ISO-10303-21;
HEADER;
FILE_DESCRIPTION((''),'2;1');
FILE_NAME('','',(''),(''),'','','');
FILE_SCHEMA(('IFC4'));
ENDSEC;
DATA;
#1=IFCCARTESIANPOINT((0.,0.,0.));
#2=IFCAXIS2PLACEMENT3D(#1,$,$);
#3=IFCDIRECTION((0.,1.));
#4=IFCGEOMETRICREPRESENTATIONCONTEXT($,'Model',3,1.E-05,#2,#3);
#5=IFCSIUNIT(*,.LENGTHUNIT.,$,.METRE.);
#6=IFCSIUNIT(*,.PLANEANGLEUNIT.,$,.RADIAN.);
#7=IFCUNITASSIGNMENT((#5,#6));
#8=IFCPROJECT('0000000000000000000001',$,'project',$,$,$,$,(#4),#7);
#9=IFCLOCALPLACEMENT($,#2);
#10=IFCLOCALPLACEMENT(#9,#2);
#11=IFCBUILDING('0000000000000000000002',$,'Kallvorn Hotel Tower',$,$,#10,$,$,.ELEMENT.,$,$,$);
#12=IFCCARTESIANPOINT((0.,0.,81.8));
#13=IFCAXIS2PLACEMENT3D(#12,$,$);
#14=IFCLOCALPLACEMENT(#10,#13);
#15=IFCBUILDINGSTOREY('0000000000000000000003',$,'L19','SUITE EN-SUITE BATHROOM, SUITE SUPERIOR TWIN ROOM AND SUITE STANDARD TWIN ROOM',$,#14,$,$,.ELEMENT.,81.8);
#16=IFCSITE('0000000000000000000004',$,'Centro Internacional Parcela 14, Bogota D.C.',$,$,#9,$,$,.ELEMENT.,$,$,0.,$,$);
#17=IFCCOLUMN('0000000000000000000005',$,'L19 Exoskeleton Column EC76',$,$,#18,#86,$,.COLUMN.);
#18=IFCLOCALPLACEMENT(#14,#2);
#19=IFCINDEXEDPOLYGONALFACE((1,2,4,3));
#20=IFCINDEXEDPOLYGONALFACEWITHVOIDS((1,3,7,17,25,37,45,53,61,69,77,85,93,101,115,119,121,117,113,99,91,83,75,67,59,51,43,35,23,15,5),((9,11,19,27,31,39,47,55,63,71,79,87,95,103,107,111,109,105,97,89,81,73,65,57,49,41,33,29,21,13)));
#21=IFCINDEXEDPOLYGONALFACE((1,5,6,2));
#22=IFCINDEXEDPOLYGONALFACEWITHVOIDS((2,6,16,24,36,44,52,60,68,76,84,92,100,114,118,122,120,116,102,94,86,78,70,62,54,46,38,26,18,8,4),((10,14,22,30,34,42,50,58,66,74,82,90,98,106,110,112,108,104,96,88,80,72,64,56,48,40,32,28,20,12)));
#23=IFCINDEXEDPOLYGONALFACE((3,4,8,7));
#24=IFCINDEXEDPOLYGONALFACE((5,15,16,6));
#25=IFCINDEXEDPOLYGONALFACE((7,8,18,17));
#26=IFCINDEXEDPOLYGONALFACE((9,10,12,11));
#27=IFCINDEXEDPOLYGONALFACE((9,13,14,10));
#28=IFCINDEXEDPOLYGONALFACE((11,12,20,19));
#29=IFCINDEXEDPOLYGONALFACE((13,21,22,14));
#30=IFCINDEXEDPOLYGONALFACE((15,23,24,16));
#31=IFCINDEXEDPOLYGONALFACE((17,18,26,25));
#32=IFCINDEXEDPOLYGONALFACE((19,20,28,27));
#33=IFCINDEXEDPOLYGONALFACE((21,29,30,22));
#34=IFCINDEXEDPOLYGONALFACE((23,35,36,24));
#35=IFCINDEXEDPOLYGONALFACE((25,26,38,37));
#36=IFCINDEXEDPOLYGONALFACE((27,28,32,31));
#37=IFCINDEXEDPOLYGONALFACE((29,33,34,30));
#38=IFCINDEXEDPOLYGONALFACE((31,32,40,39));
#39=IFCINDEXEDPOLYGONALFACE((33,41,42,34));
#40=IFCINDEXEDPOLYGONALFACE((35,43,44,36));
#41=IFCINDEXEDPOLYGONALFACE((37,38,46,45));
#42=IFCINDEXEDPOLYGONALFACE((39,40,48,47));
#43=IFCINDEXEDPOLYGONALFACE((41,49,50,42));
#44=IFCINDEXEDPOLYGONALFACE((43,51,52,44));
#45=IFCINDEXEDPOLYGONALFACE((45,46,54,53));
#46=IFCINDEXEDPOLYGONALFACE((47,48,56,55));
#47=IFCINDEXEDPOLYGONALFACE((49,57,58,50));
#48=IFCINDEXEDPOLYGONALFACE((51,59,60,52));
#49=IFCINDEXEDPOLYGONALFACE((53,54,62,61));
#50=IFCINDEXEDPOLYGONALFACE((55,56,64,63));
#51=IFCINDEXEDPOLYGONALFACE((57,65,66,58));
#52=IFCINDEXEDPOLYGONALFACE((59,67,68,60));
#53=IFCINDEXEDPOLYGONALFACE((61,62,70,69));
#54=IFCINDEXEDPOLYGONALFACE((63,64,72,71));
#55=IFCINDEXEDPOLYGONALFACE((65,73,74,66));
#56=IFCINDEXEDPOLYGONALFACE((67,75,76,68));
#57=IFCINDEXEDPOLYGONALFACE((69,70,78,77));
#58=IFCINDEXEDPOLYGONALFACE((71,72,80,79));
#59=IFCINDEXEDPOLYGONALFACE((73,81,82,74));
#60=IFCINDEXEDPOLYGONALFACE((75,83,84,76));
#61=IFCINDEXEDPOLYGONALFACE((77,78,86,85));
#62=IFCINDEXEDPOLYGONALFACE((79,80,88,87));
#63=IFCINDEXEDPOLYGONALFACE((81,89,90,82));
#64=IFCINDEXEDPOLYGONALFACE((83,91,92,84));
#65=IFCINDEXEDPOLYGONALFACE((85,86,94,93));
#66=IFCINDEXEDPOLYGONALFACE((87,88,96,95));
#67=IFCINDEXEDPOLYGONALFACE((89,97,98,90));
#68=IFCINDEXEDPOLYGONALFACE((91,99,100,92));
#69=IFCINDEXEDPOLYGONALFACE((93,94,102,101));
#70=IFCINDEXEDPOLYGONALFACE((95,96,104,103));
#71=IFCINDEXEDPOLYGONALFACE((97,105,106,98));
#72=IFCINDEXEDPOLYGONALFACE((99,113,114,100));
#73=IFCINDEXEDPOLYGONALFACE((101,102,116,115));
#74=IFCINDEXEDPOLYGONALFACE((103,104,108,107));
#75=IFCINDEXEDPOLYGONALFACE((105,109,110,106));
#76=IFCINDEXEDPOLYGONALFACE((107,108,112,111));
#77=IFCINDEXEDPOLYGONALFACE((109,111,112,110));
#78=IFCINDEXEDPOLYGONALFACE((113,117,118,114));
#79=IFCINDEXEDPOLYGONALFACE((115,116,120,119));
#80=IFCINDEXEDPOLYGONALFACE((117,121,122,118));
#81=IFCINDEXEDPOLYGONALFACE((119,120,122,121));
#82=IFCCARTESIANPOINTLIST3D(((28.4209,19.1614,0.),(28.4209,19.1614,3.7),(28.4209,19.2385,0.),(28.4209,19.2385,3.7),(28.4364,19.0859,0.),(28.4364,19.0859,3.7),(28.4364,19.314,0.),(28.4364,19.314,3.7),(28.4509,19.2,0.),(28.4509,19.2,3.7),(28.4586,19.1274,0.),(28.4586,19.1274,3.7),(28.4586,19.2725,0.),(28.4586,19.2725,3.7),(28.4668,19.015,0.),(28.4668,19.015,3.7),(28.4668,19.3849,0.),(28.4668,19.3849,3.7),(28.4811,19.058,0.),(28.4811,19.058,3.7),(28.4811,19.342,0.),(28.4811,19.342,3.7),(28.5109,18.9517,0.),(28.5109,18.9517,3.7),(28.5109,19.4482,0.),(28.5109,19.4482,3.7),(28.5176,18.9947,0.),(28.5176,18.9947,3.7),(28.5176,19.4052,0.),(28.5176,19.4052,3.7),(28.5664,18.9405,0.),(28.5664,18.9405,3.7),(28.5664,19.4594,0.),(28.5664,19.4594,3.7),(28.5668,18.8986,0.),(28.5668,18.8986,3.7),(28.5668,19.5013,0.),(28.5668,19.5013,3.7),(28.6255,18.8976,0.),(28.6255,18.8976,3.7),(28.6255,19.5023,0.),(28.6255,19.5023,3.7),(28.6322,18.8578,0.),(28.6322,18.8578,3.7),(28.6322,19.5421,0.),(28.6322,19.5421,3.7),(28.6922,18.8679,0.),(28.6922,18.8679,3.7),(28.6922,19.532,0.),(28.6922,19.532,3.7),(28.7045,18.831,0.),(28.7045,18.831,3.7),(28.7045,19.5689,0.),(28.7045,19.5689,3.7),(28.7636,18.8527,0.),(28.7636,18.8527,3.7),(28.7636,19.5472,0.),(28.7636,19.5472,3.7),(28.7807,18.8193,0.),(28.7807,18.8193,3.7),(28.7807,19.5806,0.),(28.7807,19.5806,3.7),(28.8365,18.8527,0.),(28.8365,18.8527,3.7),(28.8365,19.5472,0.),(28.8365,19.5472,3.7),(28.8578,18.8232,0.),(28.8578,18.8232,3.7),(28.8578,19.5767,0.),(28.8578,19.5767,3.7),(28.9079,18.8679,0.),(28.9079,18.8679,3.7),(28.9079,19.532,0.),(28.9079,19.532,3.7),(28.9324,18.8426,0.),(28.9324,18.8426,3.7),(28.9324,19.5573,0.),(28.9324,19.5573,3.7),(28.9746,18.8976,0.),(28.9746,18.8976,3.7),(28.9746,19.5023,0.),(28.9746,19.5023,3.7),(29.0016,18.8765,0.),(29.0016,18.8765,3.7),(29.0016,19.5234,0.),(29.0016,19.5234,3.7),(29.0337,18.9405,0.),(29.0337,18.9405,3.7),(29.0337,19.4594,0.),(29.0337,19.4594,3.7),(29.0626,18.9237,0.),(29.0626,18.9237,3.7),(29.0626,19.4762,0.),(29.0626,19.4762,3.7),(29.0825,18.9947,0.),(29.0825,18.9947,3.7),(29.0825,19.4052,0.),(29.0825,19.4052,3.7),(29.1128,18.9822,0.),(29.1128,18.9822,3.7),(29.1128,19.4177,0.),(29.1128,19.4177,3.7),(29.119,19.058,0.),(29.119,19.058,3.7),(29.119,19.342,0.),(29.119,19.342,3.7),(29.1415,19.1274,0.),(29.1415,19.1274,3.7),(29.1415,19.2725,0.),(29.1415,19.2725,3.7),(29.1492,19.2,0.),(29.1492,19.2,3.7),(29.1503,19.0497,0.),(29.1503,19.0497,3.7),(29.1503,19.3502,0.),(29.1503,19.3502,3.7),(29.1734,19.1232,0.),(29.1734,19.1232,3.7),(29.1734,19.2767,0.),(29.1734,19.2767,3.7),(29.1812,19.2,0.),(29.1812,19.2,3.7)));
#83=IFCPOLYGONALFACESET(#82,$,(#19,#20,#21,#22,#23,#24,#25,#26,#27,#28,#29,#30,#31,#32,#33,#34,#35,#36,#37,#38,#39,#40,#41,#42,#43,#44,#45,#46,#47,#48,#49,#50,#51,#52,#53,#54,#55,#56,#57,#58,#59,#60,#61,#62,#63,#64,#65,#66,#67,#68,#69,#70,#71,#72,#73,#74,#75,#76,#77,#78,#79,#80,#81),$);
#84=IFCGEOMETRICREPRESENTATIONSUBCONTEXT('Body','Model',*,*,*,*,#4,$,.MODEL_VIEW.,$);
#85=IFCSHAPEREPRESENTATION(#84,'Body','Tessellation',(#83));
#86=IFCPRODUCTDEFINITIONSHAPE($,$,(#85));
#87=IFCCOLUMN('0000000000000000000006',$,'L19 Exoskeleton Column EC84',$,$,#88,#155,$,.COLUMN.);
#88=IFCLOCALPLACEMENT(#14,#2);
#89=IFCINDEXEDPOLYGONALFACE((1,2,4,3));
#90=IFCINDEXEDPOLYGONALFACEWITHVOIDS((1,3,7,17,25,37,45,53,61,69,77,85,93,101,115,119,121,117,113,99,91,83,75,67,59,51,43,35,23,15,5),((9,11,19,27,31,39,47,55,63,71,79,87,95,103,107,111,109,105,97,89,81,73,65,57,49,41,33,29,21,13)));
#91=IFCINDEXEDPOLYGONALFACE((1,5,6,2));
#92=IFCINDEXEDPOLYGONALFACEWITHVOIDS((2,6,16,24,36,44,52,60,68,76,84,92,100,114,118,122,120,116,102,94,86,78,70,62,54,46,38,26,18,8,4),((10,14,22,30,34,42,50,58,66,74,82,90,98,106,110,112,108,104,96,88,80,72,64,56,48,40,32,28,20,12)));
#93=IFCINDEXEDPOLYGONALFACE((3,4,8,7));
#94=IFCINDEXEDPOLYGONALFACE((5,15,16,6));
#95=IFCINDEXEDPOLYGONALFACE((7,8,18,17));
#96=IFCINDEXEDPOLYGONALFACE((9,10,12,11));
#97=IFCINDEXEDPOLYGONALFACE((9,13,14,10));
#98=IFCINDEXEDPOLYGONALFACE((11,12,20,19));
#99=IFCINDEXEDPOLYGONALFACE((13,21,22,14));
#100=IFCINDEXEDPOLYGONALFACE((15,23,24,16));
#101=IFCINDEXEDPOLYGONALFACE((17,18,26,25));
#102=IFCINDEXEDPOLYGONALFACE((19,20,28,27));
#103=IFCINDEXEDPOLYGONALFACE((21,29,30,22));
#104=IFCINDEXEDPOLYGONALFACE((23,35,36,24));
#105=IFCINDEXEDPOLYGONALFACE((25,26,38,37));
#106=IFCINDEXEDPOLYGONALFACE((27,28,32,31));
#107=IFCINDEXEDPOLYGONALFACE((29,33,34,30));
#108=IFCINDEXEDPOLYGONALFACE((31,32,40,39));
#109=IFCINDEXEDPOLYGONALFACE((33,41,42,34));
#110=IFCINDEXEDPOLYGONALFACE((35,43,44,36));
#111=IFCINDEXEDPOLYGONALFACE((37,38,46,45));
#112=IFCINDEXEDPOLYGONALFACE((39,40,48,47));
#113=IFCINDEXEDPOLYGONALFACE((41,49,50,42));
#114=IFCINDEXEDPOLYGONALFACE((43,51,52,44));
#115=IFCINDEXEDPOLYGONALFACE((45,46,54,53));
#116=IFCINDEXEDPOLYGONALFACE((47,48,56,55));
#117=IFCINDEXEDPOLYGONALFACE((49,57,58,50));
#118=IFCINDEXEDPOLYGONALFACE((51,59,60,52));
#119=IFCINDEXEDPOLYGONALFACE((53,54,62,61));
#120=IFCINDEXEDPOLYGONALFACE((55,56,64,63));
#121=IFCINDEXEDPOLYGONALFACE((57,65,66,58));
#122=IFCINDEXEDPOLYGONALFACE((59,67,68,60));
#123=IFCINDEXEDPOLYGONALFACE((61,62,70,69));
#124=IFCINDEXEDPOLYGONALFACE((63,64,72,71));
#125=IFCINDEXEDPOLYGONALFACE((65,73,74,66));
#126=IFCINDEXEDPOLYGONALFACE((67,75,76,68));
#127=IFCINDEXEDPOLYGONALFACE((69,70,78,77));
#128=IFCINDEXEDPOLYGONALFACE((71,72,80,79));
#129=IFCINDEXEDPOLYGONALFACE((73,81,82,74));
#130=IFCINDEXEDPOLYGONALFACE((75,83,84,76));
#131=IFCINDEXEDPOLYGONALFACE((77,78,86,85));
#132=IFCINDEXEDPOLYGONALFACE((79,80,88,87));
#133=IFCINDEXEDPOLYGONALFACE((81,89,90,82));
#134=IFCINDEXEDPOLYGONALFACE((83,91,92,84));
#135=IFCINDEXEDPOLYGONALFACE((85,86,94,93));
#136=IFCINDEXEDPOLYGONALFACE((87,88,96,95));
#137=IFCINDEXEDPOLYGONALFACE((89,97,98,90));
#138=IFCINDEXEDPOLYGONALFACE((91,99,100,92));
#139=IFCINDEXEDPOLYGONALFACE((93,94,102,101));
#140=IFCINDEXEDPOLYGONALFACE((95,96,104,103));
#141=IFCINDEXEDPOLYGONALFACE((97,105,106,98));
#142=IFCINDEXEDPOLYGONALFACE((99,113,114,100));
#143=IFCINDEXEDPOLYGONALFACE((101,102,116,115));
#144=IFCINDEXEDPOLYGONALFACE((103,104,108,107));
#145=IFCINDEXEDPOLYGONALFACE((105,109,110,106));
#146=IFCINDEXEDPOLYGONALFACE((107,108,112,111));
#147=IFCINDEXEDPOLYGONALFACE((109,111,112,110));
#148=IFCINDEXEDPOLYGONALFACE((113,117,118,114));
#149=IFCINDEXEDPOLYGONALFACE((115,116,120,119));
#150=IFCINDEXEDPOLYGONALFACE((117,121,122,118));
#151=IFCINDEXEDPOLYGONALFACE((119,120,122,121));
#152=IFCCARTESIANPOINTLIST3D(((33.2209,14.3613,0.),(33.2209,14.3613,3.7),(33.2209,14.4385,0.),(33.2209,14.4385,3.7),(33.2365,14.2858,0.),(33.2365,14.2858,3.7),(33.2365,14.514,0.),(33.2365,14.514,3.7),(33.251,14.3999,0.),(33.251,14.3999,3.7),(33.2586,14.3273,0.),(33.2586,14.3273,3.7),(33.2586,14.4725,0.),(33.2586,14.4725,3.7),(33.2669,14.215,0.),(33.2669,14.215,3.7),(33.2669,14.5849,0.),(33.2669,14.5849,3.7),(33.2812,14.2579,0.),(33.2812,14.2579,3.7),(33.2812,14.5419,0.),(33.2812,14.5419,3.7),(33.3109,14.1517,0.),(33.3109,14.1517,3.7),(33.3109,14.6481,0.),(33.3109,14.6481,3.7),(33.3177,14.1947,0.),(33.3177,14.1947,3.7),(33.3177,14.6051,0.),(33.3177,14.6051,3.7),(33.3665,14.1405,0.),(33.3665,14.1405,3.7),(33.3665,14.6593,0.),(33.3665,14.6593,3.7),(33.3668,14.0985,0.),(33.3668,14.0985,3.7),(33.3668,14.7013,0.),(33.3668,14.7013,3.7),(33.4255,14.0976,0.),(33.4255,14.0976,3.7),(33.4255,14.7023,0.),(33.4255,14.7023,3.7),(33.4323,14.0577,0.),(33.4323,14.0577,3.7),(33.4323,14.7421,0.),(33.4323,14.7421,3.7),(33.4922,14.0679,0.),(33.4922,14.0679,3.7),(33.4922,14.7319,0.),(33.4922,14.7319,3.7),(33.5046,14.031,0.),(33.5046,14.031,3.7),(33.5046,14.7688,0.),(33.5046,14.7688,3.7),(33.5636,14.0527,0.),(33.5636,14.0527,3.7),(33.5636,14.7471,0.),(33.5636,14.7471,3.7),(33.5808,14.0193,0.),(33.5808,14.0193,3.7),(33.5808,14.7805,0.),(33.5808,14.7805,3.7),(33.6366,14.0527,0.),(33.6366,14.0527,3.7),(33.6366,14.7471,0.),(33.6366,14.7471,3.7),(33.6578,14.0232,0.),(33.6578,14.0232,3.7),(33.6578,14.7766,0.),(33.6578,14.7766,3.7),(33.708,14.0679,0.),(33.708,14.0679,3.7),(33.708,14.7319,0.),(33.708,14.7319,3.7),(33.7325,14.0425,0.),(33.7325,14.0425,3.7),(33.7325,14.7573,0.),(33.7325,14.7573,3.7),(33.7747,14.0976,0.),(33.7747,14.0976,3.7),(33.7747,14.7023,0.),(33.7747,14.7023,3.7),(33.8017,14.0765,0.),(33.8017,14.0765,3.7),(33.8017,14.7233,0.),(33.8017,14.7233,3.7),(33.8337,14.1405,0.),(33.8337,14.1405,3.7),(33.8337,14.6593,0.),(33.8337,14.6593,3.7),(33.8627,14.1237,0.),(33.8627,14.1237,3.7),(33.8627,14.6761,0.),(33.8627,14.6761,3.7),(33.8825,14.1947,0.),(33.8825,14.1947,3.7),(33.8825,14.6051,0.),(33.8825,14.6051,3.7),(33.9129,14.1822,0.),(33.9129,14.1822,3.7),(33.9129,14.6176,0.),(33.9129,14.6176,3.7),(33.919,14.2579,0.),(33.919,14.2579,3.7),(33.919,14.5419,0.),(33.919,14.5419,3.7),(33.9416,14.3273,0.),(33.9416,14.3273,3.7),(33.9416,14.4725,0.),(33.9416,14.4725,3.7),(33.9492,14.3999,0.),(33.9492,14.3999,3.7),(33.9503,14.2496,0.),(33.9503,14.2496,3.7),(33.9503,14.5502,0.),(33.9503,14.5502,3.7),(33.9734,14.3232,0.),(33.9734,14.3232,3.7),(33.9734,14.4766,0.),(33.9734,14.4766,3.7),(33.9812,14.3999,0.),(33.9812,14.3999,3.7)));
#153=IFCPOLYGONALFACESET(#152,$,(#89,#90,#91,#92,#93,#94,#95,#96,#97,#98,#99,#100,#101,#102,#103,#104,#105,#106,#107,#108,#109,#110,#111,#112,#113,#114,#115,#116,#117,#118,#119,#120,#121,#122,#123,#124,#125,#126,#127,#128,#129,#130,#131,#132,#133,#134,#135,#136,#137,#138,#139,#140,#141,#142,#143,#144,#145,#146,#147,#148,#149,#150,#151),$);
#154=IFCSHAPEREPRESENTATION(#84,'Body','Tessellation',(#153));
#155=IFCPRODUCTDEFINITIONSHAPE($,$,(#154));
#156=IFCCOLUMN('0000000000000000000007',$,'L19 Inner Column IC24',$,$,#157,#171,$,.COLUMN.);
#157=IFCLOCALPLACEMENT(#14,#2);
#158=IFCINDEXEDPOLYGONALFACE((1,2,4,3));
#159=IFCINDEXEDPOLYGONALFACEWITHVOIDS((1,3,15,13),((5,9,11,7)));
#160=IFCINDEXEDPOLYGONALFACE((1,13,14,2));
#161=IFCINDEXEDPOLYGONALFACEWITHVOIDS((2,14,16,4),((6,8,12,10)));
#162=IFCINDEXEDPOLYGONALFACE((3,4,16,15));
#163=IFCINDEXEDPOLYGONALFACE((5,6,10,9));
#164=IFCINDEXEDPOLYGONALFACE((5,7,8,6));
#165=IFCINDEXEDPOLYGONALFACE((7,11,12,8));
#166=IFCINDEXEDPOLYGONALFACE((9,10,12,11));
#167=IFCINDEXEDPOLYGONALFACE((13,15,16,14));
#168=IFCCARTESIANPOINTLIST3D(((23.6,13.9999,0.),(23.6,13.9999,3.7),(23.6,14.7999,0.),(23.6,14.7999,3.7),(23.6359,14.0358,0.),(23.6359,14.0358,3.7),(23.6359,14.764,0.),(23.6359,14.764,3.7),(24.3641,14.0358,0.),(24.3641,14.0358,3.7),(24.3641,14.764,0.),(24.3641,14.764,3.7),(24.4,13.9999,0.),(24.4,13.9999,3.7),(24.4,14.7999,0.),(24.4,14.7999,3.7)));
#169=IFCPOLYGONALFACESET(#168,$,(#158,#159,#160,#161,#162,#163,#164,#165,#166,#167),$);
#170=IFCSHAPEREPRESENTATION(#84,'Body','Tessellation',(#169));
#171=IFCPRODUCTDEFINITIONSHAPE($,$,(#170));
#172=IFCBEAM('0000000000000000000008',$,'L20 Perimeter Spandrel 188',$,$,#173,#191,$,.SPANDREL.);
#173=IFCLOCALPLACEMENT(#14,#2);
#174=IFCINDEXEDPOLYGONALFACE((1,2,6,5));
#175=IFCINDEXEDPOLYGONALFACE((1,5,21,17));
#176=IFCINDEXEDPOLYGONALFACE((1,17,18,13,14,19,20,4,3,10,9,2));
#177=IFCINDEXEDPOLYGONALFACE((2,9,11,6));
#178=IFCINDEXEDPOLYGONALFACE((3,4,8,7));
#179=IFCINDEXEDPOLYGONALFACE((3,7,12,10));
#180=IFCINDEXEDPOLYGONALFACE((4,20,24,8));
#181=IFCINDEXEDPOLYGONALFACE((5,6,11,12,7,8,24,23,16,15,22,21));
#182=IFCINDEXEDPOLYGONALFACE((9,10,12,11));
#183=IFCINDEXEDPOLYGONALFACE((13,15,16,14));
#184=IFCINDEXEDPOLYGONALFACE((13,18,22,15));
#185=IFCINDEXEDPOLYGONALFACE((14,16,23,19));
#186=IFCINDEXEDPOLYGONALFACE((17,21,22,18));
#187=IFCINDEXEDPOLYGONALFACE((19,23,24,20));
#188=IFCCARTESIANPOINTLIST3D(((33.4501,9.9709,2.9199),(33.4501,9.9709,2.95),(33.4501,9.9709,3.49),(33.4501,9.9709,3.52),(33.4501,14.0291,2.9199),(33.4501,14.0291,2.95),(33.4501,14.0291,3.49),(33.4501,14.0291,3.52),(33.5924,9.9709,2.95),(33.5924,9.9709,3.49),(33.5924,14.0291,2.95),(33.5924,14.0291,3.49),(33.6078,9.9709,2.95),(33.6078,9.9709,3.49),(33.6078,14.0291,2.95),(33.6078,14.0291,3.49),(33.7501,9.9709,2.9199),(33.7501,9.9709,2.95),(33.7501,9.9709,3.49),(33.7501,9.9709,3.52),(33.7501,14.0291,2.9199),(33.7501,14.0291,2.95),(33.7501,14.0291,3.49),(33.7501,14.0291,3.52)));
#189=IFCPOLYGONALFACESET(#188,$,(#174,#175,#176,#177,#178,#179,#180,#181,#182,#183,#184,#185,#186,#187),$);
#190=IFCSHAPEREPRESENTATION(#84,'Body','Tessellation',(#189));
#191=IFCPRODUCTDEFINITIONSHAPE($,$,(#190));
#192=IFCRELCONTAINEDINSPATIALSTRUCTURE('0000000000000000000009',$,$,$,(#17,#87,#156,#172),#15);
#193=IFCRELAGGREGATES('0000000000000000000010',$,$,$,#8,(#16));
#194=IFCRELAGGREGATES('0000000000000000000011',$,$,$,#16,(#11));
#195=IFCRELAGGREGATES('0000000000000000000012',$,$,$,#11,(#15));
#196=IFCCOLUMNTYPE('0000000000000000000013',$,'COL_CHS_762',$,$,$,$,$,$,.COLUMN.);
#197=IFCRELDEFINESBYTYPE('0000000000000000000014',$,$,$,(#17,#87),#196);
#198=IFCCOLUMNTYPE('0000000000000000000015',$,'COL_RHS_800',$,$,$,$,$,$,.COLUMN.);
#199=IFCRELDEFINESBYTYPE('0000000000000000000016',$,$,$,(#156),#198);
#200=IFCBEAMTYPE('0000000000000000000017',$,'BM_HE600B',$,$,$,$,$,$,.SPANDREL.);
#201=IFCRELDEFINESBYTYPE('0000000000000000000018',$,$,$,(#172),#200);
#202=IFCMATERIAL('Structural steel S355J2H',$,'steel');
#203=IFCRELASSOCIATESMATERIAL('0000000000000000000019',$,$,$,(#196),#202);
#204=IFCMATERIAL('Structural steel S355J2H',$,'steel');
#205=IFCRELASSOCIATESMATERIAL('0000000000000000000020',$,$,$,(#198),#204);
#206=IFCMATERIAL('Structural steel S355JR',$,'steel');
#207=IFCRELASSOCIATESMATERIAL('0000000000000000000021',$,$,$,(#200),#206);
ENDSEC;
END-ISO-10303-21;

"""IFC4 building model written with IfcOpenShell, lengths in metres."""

from ifc_helpers import new_model, si_unit, direction, frame, origin, origin_2d, place, context, subcontext, project, spatial, hollow_rectangle, hollow_circle, i_section, extrude, material, material_profile, profile_set, type_object, element, save


model = new_model("IFC4")

# Units and contexts
model_context = context("Model", 3, precision=1e-05, world=origin(), true_north=direction((0.0, 1.0)))
body_context = subcontext(model_context, "Body", "Model", "MODEL_VIEW")
ifc_project = project(units=[si_unit("LENGTHUNIT", "METRE"), si_unit("PLANEANGLEUNIT", "RADIAN")], contexts=[model_context])

# Site, building, storey
site_placement = place(None, origin())
site = spatial("IfcSite", under=ifc_project, at=site_placement, Name="Centro Internacional Parcela 14, Bogota D.C.", CompositionType="ELEMENT", RefElevation=0.0)
building_placement = place(site_placement, origin())
building = spatial("IfcBuilding", under=site, at=building_placement, Name="Kallvorn Hotel Tower", CompositionType="ELEMENT")
storey_placement = place(building_placement, frame((0.0, 0.0, 81.8)))
storey = spatial("IfcBuildingStorey", under=building, at=storey_placement, Name="L19", Description="SUITE EN-SUITE BATHROOM, SUITE SUPERIOR TWIN ROOM AND SUITE STANDARD TWIN ROOM", CompositionType="ELEMENT", Elevation=81.8)

# Columns
ifc_material_1 = material(Name="Structural steel S355J2H", Category="steel")
ifc_material_profile_1 = material_profile(ifc_material_1, hollow_circle(Radius=0.3811, WallThickness=0.032, at=origin_2d()), Name="CHS 762x32")
ifc_profile_set_1 = profile_set([ifc_material_profile_1], Name="Structural steel S355J2H")
column_type_1 = type_object("IfcColumnType", Name="COL_CHS_762", PredefinedType="COLUMN", material=ifc_profile_set_1)
for number, where, z_axis, x_axis, name in (
    (1, (28.8, 19.2, 0.0), (0.0, 0.0, 1.0), (1.0, 0.0, 0.0), "L19 Exoskeleton Column EC76"),
    (2, (33.6001, 14.3999, 0.0), (0.0, 0.0, 1.0), (1.0, 0.0, 0.0), "L19 Exoskeleton Column EC84"),
):
    element("IfcColumn", number, at=place(storey_placement, frame(where, z_axis=z_axis, x_axis=x_axis)), inside=storey, type_object=column_type_1, Name=name, PredefinedType="COLUMN", context=body_context, shape_type="SweptSolid", body=[
        extrude(hollow_circle(Radius=0.3811, WallThickness=0.032, at=origin_2d()), origin(), (0.0, 0.0, 1.0), 3.7),
    ])
ifc_material_2 = material(Name="Structural steel S355J2H", Category="steel")
ifc_material_profile_2 = material_profile(ifc_material_2, hollow_rectangle(XDim=0.8, YDim=0.8, WallThickness=0.0359, at=origin_2d()), Name="RHS 800x800x36")
ifc_profile_set_2 = profile_set([ifc_material_profile_2], Name="Structural steel S355J2H")
column_type_2 = type_object("IfcColumnType", Name="COL_RHS_800", PredefinedType="COLUMN", material=ifc_profile_set_2)
column_placement = place(storey_placement, frame((24.0, 14.3999, 0.0), z_axis=(0.0, 0.0, 1.0), x_axis=(1.0, 0.0, 0.0)))
element("IfcColumn", 3, at=column_placement, inside=storey, type_object=column_type_2, Name="L19 Inner Column IC24", PredefinedType="COLUMN", context=body_context, shape_type="SweptSolid", body=[
    extrude(hollow_rectangle(XDim=0.8, YDim=0.8, WallThickness=0.0359, at=origin_2d()), origin(), (0.0, 0.0, 1.0), 3.7),
])

# Beam
ifc_material_3 = material(Name="Structural steel S355JR", Category="steel")
ifc_material_profile_3 = material_profile(ifc_material_3, i_section(OverallWidth=0.3, OverallDepth=0.6001, WebThickness=0.0154, FlangeThickness=0.03, at=origin_2d()), Name="HE 600 B")
ifc_profile_set_3 = profile_set([ifc_material_profile_3], Name="Structural steel S355JR")
beam_type_1 = type_object("IfcBeamType", Name="BM_HE600B", PredefinedType="SPANDREL", material=ifc_profile_set_3)
beam_1_placement = place(storey_placement, frame((33.6001, 9.9709, 3.22), z_axis=(0.0, 1.0, 0.0), x_axis=(-1.0, 0.0, 0.0)))
element("IfcBeam", 4, at=beam_1_placement, inside=storey, type_object=beam_type_1, Name="L20 Perimeter Spandrel 188", PredefinedType="SPANDREL", context=body_context, shape_type="SweptSolid", body=[
    extrude(i_section(OverallWidth=0.3, OverallDepth=0.6001, WebThickness=0.0154, FlangeThickness=0.03, at=origin_2d()), origin(), (0.0, 0.0, 1.0), 4.0581),
])

save(model, "model.ifc")
